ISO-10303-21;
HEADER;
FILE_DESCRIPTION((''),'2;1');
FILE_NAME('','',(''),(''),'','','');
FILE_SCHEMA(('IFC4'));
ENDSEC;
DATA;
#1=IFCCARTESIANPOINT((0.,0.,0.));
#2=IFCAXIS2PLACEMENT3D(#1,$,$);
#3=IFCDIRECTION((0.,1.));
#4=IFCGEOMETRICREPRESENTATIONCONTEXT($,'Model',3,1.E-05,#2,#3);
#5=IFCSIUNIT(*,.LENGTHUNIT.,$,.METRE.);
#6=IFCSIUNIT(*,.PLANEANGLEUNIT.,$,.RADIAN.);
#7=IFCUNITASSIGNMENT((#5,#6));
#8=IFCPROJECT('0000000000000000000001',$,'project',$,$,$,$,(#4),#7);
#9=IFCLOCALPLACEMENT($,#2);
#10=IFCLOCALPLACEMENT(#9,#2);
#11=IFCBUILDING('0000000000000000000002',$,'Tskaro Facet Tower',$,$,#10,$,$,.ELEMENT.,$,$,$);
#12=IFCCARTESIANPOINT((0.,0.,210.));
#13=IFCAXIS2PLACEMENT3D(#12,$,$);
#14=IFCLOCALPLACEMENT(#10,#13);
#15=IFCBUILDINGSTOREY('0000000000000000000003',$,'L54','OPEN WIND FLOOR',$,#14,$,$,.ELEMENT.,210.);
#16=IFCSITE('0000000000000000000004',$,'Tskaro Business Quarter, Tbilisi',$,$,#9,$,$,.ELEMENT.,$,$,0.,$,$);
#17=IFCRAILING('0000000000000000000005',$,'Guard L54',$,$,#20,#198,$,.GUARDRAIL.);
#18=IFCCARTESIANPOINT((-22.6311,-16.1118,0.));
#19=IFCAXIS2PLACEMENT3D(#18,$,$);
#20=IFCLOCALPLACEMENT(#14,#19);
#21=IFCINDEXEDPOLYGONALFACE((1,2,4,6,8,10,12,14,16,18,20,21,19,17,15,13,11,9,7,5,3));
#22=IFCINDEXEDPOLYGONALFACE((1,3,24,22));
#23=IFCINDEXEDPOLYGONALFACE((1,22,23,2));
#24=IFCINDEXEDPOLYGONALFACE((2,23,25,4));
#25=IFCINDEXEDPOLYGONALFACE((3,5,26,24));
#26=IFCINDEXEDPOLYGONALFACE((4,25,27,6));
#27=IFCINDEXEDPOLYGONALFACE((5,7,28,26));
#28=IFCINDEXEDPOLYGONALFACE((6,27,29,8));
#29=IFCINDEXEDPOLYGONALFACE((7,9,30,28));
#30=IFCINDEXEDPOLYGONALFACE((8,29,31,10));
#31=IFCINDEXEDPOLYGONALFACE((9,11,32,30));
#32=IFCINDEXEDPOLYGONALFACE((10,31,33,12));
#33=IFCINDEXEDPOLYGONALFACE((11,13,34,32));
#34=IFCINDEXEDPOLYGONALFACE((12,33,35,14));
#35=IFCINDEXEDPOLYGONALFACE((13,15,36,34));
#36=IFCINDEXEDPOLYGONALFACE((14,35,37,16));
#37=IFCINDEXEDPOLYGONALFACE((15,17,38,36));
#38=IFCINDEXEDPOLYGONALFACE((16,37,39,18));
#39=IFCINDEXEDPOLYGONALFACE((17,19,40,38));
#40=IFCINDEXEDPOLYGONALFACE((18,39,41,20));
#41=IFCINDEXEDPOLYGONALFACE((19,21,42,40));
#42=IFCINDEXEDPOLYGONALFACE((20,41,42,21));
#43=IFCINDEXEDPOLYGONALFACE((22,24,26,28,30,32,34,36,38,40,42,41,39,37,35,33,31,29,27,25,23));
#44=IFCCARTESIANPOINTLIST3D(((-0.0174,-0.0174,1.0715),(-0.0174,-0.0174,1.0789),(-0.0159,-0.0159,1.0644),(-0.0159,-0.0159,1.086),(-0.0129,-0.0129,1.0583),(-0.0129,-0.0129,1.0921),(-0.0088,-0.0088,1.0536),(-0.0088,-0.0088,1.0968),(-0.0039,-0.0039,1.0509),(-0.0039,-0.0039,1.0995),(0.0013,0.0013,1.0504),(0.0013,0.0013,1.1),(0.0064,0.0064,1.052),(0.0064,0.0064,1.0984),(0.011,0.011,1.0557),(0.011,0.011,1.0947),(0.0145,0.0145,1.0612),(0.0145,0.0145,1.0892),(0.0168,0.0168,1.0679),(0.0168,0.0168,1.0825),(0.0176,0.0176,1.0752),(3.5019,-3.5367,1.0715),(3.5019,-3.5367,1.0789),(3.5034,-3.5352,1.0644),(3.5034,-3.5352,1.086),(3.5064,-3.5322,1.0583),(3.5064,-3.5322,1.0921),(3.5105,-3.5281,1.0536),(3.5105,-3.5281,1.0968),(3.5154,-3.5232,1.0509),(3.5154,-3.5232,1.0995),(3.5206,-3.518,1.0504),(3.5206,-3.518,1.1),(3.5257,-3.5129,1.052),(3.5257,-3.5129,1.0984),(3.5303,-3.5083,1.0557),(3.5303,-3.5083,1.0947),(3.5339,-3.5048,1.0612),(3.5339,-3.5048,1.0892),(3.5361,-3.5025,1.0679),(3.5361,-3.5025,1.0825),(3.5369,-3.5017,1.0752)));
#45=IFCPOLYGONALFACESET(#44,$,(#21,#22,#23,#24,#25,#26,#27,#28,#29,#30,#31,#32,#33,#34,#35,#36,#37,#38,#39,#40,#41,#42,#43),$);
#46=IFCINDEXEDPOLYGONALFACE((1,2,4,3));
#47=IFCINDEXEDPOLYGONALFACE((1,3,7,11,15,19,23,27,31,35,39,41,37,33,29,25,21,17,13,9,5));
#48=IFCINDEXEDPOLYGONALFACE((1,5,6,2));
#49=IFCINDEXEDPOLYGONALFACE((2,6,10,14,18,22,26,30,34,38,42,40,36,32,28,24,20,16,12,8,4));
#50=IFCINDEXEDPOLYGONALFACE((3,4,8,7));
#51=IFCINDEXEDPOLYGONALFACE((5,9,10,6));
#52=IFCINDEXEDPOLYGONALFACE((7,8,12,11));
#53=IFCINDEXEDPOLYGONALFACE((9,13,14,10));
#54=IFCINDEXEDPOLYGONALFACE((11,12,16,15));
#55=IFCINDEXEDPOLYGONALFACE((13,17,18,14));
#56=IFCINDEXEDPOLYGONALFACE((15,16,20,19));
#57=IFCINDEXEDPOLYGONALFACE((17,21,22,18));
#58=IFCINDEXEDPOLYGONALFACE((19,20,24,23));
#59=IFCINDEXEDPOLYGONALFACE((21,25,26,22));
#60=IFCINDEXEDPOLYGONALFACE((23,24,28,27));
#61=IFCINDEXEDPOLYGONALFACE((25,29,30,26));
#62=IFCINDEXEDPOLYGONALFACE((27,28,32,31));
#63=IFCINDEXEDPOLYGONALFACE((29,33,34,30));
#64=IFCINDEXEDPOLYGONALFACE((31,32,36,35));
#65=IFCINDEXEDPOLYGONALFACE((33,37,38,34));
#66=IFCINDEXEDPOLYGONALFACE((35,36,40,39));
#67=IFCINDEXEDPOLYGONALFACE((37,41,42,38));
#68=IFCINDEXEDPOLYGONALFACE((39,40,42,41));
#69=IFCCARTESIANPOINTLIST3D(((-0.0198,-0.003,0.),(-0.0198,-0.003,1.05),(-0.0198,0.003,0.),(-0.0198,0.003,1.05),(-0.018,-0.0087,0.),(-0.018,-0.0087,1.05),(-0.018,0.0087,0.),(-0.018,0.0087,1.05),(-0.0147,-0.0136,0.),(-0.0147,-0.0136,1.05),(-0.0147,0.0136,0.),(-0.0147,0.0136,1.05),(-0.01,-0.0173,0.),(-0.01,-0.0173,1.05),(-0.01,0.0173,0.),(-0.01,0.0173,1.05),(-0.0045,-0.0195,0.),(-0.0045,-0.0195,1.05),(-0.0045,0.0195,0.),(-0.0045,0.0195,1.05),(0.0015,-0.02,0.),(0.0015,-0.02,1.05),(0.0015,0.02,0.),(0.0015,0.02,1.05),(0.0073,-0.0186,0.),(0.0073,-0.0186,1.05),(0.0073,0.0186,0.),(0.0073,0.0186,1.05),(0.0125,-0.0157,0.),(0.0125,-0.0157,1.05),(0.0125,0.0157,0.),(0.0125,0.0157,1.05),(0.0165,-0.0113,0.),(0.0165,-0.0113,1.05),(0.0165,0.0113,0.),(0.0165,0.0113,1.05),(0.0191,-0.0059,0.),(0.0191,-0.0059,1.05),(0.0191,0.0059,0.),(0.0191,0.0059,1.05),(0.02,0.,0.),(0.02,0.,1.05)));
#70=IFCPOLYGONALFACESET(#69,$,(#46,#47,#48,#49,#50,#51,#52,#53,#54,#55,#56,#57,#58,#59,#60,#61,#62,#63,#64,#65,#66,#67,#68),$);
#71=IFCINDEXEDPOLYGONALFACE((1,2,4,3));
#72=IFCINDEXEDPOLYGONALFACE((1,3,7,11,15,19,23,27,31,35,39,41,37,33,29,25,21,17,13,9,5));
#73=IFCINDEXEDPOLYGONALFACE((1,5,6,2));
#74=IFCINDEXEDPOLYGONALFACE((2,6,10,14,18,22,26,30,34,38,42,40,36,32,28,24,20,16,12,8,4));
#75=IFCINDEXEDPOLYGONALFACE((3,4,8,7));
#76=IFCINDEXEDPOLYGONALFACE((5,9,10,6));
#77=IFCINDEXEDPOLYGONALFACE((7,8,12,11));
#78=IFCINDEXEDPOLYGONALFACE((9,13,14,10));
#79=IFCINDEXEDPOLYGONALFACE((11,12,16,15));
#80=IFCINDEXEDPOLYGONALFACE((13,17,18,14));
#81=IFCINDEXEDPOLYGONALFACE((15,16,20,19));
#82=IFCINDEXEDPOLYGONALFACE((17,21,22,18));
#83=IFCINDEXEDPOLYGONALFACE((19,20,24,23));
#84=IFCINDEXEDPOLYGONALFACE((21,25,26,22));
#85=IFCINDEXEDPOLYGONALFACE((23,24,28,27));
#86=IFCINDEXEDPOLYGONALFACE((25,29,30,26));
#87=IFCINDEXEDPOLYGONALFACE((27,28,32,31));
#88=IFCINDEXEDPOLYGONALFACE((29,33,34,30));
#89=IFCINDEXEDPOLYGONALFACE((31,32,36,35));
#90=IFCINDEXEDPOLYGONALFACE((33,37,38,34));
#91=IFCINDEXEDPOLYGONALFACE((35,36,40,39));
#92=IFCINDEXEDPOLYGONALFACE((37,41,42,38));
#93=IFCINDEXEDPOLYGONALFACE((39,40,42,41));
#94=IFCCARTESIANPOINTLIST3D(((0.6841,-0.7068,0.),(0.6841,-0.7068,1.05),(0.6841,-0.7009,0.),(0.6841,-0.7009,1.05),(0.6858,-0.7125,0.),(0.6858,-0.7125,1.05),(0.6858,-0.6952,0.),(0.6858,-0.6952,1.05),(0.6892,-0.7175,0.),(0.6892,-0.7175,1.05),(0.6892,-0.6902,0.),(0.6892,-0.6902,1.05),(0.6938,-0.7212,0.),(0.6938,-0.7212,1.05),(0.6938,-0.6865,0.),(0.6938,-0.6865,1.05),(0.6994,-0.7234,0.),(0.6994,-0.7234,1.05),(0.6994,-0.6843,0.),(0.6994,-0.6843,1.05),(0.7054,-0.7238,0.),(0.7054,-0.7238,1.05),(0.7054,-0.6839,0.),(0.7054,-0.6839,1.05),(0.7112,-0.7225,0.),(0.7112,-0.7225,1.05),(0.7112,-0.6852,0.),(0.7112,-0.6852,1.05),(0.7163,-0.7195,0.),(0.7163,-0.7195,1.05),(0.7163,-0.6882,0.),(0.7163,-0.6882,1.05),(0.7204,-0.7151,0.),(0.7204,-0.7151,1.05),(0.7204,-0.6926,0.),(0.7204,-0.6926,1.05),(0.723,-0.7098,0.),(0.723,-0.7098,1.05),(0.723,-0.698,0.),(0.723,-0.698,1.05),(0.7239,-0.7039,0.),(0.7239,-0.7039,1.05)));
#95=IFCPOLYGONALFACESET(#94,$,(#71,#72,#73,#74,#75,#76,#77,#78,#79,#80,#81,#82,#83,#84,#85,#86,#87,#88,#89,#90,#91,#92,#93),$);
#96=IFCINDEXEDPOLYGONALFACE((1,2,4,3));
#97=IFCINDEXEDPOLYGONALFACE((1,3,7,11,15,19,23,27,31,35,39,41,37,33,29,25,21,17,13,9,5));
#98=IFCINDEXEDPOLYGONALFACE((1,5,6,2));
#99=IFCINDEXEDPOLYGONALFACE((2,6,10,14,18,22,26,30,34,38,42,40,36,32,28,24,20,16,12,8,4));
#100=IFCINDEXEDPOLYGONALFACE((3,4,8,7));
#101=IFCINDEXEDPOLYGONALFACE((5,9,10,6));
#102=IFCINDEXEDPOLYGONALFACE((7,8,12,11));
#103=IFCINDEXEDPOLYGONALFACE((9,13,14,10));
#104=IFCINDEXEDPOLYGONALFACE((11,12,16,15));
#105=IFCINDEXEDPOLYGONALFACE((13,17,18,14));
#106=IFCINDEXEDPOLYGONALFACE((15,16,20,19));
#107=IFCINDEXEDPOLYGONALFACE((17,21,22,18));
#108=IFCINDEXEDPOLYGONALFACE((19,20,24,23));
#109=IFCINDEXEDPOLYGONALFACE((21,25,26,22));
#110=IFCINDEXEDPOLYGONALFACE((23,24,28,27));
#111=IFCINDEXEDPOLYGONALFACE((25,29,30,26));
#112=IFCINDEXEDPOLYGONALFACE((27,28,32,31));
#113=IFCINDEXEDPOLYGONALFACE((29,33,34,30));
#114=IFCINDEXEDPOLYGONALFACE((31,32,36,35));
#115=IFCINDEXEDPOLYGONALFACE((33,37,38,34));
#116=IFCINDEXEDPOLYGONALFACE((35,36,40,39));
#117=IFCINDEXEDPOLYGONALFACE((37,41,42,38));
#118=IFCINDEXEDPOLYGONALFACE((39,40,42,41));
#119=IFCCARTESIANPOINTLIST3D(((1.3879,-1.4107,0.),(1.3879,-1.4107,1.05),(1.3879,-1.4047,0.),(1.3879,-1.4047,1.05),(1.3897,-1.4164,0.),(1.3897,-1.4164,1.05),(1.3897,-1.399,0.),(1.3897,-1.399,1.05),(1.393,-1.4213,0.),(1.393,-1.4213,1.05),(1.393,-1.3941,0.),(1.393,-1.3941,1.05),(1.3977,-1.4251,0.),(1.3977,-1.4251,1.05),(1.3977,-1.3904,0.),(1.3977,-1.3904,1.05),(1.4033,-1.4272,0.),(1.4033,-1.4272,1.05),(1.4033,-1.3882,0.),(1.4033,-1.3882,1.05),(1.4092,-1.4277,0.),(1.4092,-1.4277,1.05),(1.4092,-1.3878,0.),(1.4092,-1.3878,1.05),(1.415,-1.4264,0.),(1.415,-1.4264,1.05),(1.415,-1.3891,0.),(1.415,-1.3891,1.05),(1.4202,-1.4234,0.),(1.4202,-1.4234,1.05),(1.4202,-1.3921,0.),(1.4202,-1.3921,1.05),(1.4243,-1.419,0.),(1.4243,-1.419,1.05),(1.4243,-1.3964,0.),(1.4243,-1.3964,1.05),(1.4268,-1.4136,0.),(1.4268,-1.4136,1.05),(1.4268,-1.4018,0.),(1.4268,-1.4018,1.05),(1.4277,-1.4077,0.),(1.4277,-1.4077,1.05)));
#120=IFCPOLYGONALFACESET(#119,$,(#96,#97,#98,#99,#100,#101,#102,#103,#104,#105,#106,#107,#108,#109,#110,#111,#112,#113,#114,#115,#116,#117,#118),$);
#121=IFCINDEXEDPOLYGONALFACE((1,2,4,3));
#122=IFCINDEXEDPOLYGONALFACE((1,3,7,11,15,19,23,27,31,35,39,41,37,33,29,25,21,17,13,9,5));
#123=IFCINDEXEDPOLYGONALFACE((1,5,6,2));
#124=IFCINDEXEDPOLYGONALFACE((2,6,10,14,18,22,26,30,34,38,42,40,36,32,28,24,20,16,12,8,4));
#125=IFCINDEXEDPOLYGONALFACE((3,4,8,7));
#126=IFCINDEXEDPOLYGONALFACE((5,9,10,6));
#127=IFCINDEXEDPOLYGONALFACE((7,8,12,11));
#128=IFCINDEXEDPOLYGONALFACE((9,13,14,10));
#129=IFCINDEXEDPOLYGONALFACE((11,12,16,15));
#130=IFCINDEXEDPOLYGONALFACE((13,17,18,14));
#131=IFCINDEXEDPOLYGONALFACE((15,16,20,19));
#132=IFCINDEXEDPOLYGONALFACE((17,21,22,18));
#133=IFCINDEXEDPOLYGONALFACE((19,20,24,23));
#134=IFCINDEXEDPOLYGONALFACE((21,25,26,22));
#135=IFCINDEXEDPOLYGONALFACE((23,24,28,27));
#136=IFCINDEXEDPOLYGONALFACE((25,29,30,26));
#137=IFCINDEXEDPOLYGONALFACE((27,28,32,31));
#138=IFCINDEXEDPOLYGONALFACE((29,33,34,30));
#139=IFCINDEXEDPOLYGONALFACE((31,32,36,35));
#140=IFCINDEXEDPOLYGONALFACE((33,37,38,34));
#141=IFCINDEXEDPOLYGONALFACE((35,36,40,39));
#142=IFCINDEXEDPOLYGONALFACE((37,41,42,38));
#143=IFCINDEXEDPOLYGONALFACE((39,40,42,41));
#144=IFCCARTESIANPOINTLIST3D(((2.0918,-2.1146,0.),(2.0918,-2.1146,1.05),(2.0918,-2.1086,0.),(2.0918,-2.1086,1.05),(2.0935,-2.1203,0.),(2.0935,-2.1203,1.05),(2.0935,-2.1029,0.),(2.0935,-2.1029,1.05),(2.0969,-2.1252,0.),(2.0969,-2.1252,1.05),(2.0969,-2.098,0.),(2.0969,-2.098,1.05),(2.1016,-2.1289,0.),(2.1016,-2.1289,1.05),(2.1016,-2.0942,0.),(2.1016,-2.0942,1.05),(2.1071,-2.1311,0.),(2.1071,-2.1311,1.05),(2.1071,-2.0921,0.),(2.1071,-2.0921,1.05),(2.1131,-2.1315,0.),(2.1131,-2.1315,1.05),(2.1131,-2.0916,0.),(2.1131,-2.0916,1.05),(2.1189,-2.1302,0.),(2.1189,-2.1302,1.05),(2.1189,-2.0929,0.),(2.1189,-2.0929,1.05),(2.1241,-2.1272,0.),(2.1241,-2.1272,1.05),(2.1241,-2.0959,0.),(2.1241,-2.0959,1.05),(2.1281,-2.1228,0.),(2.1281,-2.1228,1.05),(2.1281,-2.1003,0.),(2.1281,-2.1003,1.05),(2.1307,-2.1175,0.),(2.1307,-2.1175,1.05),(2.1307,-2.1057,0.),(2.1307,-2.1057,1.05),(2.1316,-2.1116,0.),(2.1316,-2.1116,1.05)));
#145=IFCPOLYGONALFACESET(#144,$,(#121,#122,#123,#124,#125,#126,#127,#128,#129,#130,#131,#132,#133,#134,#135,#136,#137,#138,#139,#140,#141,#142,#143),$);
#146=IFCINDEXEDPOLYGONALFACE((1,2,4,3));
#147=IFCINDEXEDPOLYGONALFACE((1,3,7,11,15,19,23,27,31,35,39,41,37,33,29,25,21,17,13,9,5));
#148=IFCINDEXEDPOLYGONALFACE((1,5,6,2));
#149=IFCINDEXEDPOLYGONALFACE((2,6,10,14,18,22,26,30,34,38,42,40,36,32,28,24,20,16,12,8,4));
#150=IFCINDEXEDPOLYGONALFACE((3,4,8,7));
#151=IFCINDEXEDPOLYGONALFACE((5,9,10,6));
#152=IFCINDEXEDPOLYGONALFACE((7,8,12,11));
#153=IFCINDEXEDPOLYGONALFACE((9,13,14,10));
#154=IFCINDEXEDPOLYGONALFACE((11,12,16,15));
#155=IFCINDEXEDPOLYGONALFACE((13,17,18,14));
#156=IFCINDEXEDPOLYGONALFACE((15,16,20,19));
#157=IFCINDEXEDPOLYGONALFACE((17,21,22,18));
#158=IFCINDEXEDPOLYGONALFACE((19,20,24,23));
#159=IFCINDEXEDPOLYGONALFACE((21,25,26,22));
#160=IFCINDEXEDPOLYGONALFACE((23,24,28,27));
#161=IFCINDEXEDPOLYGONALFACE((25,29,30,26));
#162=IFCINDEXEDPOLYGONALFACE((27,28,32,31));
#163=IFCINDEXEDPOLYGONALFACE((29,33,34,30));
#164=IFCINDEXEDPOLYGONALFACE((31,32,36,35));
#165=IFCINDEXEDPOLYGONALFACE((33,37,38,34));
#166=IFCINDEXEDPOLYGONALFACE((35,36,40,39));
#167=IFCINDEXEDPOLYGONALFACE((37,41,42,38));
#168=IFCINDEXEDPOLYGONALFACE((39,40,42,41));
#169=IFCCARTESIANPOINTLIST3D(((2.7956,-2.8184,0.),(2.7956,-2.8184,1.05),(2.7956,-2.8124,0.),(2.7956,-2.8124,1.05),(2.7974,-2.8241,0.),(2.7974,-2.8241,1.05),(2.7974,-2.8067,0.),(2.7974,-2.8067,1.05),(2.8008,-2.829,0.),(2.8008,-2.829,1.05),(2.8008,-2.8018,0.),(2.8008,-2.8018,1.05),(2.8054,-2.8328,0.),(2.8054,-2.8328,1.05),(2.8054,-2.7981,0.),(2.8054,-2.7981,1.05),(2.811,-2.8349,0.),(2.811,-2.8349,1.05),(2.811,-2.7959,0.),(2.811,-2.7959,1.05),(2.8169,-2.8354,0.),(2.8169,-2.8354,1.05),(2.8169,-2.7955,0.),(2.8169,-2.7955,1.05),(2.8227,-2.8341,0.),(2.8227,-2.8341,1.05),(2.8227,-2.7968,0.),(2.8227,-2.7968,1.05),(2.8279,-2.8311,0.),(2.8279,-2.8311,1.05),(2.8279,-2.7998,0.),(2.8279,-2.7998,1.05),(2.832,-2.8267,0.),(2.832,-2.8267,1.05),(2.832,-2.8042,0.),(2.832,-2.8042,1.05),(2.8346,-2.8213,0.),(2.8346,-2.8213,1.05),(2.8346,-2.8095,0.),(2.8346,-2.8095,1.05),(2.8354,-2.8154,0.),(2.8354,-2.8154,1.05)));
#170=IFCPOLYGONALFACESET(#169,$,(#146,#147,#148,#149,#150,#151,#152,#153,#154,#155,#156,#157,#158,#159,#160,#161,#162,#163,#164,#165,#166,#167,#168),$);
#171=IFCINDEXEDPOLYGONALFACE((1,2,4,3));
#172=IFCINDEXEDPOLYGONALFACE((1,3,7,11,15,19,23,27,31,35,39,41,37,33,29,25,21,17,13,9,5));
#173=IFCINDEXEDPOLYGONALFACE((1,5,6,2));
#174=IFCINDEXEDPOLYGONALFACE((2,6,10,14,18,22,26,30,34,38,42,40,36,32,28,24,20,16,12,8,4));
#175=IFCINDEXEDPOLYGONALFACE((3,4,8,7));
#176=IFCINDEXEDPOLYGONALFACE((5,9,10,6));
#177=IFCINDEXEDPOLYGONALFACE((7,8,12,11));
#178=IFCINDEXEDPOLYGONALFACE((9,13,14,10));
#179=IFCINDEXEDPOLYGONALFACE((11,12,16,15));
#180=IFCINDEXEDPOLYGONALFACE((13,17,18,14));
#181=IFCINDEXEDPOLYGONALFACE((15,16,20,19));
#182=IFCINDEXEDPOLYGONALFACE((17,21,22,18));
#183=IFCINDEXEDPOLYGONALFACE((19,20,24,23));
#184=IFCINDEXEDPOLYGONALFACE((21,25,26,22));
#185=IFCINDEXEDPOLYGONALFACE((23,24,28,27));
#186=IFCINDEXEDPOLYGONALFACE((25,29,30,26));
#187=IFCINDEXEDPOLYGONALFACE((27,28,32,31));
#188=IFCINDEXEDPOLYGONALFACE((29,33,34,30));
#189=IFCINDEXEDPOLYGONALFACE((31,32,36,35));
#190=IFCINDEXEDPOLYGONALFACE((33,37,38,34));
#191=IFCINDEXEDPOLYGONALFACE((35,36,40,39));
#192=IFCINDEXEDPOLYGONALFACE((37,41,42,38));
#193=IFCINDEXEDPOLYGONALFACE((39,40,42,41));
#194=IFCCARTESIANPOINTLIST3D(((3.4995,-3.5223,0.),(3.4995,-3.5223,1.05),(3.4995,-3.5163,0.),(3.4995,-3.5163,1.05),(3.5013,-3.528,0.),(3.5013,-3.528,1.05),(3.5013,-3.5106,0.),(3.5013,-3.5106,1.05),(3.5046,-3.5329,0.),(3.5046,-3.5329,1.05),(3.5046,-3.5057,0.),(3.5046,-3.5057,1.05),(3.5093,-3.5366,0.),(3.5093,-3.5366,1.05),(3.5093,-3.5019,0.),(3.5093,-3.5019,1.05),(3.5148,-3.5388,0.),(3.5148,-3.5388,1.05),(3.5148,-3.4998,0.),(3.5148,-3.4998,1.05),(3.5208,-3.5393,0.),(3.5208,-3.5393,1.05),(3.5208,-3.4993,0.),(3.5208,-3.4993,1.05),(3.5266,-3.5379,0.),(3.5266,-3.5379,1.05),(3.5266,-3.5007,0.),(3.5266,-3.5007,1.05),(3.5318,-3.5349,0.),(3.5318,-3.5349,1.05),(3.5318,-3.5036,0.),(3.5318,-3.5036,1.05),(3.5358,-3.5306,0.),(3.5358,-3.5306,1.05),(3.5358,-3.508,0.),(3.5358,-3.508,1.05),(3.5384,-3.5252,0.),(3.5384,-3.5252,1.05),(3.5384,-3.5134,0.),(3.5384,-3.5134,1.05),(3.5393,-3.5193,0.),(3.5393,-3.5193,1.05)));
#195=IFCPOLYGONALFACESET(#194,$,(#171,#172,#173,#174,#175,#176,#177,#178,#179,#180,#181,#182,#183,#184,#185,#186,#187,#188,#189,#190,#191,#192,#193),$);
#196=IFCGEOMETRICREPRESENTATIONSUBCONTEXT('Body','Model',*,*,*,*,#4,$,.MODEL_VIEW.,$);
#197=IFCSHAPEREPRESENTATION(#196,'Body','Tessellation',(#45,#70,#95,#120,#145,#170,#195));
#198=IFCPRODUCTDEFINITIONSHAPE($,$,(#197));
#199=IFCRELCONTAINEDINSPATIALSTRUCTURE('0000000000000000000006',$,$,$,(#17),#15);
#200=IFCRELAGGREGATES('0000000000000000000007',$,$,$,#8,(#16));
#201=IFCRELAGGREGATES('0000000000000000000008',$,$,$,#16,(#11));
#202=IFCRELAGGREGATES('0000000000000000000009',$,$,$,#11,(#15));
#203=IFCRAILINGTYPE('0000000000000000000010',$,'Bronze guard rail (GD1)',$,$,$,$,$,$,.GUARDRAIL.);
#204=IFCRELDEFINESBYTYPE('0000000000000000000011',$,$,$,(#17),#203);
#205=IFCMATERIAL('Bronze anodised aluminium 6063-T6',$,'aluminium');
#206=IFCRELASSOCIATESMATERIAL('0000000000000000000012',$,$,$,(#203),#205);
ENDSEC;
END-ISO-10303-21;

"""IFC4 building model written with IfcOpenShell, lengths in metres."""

from ifc_helpers import new_model, si_unit, direction, frame, origin, origin_2d, place, context, subcontext, project, spatial, circle, extrude, material, type_object, element, save


model = new_model("IFC4")

# Units and contexts
model_context = context("Model", 3, precision=1e-05, world=origin(), true_north=direction((0.0, 1.0)))
body_context = subcontext(model_context, "Body", "Model", "MODEL_VIEW")
ifc_project = project(units=[si_unit("LENGTHUNIT", "METRE"), si_unit("PLANEANGLEUNIT", "RADIAN")], contexts=[model_context])

# Site, building, storey
site_placement = place(None, origin())
site = spatial("IfcSite", under=ifc_project, at=site_placement, Name="Tskaro Business Quarter, Tbilisi", CompositionType="ELEMENT", RefElevation=0.0)
building_placement = place(site_placement, origin())
building = spatial("IfcBuilding", under=site, at=building_placement, Name="Tskaro Facet Tower", CompositionType="ELEMENT")
storey_placement = place(building_placement, frame((0.0, 0.0, 210.0)))
storey = spatial("IfcBuildingStorey", under=building, at=storey_placement, Name="L54", Description="OPEN WIND FLOOR", CompositionType="ELEMENT", Elevation=210.0)

# Railing
ifc_material_1 = material(Name="Bronze anodised aluminium 6063-T6", Category="aluminium")
railing_type = type_object("IfcRailingType", Name="Bronze guard rail (GD1)", PredefinedType="GUARDRAIL", material=ifc_material_1)
railing_placement = place(storey_placement, frame((-22.6311, -16.1118, 0.0)))
element("IfcRailing", 1, at=railing_placement, inside=storey, type_object=railing_type, Name="Guard L54", PredefinedType="GUARDRAIL", context=body_context, shape_type="SweptSolid", body=[
    extrude(circle(Radius=0.0249, at=origin_2d()), frame((0.0, 0.0, 1.0752), z_axis=(0.707107, -0.707107, 0.0), x_axis=(0.707107, 0.707107, 0.0)), (0.0, 0.0, 1.0), 4.9771),
    extrude(circle(Radius=0.02, at=origin_2d()), origin(), (0.0, 0.0, 1.0), 1.05),
    extrude(circle(Radius=0.02, at=origin_2d()), frame((0.7039, -0.7039, 0.0)), (0.0, 0.0, 1.0), 1.05),
    extrude(circle(Radius=0.02, at=origin_2d()), frame((1.4077, -1.4077, 0.0)), (0.0, 0.0, 1.0), 1.05),
    extrude(circle(Radius=0.02, at=origin_2d()), frame((2.1116, -2.1116, 0.0)), (0.0, 0.0, 1.0), 1.05),
    extrude(circle(Radius=0.02, at=origin_2d()), frame((2.8154, -2.8154, 0.0)), (0.0, 0.0, 1.0), 1.05),
    extrude(circle(Radius=0.02, at=origin_2d()), frame((3.5193, -3.5193, 0.0)), (0.0, 0.0, 1.0), 1.05),
])

save(model, "model.ifc")
